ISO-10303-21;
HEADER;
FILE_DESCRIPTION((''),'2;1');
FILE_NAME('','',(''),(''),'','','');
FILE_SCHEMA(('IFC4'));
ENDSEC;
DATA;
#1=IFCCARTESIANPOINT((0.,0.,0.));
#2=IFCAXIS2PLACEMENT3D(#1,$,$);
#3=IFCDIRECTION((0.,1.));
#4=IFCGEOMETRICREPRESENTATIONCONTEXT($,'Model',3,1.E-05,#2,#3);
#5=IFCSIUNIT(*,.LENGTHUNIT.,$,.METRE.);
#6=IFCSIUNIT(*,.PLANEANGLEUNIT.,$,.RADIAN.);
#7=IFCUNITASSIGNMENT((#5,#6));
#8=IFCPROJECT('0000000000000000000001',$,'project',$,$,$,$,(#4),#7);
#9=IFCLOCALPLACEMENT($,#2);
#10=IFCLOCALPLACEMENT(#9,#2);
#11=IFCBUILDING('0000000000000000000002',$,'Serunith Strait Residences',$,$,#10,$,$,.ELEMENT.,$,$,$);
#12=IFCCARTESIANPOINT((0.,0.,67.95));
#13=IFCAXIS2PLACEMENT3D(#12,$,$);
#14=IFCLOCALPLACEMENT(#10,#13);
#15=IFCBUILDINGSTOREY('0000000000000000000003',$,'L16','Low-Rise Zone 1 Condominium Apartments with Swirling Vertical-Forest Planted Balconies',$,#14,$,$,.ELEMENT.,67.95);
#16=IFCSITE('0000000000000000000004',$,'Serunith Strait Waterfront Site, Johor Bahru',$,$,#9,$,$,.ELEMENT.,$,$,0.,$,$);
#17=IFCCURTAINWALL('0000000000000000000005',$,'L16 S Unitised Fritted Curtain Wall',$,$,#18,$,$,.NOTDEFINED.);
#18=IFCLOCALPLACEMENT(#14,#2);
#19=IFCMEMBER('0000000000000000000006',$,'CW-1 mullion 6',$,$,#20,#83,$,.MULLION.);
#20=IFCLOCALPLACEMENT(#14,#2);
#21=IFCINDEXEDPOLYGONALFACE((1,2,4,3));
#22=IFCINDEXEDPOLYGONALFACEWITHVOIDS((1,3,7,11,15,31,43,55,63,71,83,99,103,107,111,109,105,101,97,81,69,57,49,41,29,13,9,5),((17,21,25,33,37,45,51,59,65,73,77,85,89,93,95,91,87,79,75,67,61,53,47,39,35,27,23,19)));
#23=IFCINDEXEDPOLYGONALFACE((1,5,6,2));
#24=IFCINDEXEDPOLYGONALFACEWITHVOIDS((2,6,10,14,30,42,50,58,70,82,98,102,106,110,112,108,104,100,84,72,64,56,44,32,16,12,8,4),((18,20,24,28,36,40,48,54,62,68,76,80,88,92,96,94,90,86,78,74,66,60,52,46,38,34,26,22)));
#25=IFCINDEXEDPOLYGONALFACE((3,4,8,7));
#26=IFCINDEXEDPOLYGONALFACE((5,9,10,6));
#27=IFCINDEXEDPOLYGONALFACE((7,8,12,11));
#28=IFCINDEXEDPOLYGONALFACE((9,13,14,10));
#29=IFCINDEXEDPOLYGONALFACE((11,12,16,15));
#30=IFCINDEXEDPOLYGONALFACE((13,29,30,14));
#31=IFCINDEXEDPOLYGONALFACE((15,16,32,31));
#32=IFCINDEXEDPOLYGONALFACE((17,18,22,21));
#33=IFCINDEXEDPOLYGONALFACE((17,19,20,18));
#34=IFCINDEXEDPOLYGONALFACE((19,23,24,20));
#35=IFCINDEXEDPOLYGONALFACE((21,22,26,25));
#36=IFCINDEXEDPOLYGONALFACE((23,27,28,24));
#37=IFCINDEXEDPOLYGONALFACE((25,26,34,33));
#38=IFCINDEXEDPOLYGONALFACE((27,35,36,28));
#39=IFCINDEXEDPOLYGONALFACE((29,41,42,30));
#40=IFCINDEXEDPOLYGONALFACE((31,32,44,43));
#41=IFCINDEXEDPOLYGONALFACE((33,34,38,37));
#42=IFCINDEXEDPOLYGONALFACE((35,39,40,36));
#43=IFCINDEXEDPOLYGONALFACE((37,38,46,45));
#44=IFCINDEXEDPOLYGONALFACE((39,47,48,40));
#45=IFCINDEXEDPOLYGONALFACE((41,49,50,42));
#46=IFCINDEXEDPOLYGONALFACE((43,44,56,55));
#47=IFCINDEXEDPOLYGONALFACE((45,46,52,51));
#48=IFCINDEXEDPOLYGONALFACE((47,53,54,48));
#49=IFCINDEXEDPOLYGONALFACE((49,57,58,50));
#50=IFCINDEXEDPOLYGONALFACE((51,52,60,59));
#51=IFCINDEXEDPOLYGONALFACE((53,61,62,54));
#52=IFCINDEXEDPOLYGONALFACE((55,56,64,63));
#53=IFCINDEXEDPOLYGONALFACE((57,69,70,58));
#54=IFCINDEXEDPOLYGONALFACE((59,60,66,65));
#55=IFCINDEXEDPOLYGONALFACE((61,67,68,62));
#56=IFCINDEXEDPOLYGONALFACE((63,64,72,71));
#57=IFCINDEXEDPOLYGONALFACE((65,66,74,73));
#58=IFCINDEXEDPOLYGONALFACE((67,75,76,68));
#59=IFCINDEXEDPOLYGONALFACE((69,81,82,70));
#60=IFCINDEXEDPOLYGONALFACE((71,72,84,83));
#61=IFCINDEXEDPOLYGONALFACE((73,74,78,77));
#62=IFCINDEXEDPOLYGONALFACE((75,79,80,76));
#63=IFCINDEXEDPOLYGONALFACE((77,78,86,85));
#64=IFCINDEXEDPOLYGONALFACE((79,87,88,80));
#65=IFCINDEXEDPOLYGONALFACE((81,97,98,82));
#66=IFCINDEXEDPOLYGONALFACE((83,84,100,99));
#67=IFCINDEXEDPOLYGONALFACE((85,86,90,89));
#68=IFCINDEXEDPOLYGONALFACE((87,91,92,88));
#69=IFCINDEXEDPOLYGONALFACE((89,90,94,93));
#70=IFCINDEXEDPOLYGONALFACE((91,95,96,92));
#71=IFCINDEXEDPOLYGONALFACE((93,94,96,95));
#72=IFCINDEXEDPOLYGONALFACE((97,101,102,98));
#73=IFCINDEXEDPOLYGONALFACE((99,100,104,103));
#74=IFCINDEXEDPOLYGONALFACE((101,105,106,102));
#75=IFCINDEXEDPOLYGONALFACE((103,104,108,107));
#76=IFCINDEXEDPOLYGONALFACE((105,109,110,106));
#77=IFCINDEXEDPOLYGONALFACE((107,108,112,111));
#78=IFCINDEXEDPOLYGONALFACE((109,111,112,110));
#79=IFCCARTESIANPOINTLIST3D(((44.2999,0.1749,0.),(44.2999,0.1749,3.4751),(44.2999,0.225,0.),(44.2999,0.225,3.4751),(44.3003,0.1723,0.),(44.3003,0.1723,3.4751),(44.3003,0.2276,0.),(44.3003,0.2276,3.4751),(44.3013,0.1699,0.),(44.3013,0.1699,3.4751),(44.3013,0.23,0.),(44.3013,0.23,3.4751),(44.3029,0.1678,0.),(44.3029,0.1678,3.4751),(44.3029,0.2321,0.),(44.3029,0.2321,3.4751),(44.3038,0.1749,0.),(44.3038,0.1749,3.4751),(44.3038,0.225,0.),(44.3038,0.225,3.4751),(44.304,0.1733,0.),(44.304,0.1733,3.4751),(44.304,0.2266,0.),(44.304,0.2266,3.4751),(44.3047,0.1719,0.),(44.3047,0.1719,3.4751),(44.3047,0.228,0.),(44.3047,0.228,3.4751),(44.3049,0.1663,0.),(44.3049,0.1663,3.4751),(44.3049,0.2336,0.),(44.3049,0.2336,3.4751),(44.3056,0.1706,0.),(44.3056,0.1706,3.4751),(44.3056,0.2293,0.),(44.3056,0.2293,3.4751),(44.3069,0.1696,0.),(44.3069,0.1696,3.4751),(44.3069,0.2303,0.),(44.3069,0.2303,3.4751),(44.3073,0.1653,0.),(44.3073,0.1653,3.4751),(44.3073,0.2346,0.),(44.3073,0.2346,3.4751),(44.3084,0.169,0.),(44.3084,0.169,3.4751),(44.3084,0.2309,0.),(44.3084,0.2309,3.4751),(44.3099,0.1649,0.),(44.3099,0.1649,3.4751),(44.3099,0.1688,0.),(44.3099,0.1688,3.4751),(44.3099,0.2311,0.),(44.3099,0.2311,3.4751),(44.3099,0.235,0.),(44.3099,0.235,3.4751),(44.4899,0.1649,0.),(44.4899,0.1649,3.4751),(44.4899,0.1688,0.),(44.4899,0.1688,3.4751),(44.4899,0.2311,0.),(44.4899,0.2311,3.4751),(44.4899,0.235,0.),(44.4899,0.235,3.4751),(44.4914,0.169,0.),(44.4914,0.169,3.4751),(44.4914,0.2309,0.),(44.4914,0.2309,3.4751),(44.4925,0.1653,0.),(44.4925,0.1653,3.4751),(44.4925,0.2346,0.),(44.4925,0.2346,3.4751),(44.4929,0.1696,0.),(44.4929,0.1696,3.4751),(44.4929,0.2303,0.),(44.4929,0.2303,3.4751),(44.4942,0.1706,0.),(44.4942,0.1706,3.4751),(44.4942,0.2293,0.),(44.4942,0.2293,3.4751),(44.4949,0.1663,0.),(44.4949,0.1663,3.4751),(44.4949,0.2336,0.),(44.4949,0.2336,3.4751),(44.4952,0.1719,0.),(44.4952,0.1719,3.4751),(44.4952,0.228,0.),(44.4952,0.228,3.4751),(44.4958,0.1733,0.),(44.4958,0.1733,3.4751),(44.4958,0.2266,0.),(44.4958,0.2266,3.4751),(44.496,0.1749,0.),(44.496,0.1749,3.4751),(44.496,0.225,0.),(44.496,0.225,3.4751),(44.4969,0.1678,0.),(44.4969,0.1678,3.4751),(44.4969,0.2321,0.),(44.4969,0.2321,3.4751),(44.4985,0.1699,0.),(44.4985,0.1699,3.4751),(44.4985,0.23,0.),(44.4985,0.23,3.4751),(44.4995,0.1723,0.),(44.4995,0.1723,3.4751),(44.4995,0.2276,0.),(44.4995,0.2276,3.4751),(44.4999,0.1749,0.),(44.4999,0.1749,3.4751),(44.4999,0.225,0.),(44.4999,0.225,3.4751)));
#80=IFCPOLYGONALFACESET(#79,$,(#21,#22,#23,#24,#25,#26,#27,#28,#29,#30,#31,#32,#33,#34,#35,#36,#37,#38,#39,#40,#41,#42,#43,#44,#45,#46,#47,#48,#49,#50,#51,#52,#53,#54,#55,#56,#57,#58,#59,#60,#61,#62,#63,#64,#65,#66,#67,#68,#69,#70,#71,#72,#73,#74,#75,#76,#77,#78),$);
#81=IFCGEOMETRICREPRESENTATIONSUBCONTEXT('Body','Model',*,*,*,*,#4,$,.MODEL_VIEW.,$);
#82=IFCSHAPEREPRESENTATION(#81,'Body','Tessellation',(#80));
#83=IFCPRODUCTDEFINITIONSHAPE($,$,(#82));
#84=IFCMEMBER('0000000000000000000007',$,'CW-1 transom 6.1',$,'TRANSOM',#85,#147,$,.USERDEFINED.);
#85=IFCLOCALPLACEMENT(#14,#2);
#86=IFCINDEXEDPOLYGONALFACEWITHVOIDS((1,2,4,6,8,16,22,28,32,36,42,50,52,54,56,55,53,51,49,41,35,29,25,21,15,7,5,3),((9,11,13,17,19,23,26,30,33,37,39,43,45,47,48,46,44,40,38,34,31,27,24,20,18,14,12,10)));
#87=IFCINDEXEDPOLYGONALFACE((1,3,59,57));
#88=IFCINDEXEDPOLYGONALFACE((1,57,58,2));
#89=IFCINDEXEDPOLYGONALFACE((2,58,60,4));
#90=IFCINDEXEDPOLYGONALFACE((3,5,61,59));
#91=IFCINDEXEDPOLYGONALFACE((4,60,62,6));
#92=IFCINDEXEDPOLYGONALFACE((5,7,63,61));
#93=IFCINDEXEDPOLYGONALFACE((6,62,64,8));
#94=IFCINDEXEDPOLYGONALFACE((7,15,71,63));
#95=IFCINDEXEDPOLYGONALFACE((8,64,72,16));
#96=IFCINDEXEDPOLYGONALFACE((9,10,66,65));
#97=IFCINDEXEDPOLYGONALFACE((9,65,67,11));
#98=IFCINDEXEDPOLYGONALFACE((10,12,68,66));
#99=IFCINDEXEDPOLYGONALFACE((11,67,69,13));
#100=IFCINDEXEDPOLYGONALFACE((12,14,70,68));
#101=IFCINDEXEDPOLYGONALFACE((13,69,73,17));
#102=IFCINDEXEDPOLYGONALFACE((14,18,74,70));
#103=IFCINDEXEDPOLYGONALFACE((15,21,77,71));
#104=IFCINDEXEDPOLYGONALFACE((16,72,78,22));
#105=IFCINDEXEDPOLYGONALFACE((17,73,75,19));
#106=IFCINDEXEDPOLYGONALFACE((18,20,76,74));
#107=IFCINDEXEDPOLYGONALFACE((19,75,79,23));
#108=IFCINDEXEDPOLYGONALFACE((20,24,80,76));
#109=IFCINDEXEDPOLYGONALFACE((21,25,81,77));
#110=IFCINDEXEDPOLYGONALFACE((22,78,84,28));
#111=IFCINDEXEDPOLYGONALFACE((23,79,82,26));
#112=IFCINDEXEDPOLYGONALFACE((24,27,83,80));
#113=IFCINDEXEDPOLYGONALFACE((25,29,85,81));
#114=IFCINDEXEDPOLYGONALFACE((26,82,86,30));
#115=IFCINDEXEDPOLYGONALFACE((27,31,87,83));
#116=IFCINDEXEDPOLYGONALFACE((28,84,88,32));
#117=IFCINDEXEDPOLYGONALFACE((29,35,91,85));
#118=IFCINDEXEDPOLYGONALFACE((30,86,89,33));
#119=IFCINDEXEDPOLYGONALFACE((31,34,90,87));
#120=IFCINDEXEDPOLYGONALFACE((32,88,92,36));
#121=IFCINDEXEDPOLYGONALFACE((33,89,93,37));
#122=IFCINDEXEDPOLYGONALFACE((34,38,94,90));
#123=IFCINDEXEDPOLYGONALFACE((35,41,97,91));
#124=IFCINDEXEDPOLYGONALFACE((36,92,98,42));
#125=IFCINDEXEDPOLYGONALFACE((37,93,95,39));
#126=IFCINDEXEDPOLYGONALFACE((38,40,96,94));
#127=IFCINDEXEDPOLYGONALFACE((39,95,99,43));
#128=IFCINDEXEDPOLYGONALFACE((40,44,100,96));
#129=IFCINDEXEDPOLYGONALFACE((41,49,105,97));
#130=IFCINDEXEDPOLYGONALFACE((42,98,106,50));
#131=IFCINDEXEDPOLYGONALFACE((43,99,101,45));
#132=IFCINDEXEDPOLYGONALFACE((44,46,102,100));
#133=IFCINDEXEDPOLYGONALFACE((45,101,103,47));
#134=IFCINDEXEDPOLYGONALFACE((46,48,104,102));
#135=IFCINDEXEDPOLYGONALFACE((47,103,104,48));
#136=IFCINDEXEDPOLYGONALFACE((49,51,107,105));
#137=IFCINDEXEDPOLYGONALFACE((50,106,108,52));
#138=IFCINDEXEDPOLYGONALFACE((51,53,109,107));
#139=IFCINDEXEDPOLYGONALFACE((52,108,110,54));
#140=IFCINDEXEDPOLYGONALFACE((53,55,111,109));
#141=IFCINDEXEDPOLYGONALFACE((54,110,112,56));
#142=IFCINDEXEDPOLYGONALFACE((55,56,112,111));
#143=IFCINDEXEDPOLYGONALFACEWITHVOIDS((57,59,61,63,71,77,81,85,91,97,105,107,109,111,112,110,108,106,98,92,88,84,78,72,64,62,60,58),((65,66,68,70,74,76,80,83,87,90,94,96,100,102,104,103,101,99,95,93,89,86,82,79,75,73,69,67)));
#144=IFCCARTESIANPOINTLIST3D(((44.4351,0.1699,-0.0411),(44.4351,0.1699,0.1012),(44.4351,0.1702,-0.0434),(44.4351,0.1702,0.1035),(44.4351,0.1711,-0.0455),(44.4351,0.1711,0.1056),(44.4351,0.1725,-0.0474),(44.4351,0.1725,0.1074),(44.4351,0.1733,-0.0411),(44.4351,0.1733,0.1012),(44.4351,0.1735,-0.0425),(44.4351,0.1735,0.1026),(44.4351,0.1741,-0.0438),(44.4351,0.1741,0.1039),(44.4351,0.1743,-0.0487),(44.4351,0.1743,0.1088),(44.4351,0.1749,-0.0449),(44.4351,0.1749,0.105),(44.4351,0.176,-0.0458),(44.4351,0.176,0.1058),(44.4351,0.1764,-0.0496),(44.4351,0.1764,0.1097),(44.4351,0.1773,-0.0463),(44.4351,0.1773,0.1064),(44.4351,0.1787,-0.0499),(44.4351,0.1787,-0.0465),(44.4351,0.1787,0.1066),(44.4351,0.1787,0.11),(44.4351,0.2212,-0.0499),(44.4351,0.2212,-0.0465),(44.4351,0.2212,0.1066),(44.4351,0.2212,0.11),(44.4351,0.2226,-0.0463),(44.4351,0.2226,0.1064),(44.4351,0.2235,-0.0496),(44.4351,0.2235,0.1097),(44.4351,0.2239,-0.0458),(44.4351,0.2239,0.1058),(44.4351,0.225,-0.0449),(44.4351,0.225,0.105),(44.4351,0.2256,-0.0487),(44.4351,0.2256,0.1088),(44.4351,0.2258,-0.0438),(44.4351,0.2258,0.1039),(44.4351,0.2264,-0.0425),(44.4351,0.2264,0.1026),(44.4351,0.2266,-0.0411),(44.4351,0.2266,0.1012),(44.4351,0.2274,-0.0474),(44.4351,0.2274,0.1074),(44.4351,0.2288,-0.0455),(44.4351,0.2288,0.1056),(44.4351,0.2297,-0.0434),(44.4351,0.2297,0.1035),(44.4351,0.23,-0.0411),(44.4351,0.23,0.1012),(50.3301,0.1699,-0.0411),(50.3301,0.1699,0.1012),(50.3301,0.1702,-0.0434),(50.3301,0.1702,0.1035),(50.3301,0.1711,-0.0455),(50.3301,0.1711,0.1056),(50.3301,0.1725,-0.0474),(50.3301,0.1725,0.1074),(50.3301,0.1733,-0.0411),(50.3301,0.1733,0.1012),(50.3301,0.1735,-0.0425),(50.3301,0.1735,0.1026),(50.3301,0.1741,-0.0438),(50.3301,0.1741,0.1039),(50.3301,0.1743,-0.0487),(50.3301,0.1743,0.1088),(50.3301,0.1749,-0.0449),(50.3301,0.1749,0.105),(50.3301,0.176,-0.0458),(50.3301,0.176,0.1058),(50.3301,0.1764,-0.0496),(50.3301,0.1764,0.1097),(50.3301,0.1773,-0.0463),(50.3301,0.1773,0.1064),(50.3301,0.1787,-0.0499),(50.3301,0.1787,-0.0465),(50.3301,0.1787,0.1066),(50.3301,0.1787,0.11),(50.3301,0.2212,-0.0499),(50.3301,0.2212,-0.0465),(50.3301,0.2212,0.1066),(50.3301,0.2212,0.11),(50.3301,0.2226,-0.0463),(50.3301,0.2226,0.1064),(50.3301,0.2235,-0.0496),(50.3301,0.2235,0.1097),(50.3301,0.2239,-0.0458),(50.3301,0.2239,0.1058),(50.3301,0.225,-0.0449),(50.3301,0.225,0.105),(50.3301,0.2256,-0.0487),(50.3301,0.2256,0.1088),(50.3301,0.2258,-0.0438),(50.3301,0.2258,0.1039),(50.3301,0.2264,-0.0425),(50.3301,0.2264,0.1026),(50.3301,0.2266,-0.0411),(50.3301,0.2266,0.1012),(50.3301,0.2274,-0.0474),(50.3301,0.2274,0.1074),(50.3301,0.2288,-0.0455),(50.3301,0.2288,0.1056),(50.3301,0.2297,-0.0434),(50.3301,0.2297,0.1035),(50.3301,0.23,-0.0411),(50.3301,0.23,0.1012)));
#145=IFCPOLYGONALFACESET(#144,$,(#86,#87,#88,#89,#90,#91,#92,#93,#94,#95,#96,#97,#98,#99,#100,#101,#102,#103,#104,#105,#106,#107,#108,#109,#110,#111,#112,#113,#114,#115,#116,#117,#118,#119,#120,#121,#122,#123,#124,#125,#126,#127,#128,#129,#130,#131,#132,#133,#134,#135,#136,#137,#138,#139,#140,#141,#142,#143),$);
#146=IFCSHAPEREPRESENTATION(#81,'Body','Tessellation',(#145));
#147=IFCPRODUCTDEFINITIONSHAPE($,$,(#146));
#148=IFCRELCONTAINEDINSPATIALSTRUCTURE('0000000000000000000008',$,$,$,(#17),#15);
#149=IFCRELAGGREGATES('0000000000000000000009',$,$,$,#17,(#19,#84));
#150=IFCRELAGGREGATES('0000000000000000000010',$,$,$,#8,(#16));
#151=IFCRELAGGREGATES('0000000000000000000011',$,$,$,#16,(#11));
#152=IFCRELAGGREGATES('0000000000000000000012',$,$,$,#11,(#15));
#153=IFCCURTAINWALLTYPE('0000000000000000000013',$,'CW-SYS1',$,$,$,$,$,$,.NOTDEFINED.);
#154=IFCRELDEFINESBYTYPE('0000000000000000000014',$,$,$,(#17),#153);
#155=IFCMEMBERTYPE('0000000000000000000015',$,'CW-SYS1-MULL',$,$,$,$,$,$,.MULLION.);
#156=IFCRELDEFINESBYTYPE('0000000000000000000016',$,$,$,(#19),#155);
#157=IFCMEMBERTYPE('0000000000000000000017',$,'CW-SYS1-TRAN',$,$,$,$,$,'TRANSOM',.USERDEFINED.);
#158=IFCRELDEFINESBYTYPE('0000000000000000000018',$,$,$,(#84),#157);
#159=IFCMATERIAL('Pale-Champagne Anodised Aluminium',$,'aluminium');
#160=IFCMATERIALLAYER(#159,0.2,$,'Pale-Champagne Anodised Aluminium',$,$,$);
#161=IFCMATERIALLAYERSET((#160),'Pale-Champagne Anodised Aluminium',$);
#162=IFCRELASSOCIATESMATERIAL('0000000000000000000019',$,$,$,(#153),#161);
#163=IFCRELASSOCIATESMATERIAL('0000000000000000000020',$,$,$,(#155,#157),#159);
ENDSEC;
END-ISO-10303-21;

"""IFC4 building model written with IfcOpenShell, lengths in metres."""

from ifc_helpers import new_model, si_unit, direction, frame, origin, origin_2d, place, context, subcontext, project, spatial, hollow_rectangle, extrude, source, transform, mapped, material, layer, layer_set, material_profile, profile_set, type_object, element, aggregate, save


model = new_model("IFC4")

# Units and contexts
model_context = context("Model", 3, precision=1e-05, world=origin(), true_north=direction((0.0, 1.0)))
body_context = subcontext(model_context, "Body", "Model", "MODEL_VIEW")
ifc_project = project(units=[si_unit("LENGTHUNIT", "METRE"), si_unit("PLANEANGLEUNIT", "RADIAN")], contexts=[model_context])

# Site, building, storey
site_placement = place(None, origin())
site = spatial("IfcSite", under=ifc_project, at=site_placement, Name="Serunith Strait Waterfront Site, Johor Bahru", CompositionType="ELEMENT", RefElevation=0.0)
building_placement = place(site_placement, origin())
building = spatial("IfcBuilding", under=site, at=building_placement, Name="Serunith Strait Residences", CompositionType="ELEMENT")
storey_placement = place(building_placement, frame((0.0, 0.0, 67.95)))
storey = spatial("IfcBuildingStorey", under=building, at=storey_placement, Name="L16", Description="Low-Rise Zone 1 Condominium Apartments with Swirling Vertical-Forest Planted Balconies", CompositionType="ELEMENT", Elevation=67.95)

# Curtain wall, members
ifc_material_1 = material(Name="Pale-Champagne Anodised Aluminium", Category="aluminium")
ifc_layer_1 = layer(ifc_material_1, 0.2, Name="Pale-Champagne Anodised Aluminium")
ifc_layer_set_1 = layer_set([ifc_layer_1], Name="Pale-Champagne Anodised Aluminium")
curtain_wall_type = type_object("IfcCurtainWallType", Name="CW-SYS1", PredefinedType="NOTDEFINED", material=ifc_layer_set_1)
curtain_wall_placement = place(storey_placement, origin())
curtain_wall = element("IfcCurtainWall", 1, at=curtain_wall_placement, inside=storey, type_object=curtain_wall_type, Name="L16 S Unitised Fritted Curtain Wall", PredefinedType="NOTDEFINED")
ifc_material_profile_1 = material_profile(ifc_material_1, hollow_rectangle(XDim=0.0701, YDim=0.2, WallThickness=0.0039, InnerFilletRadius=0.0061, OuterFilletRadius=0.01, at=origin_2d()), Name="ALU 200x70x4")
ifc_profile_set_1 = profile_set([ifc_material_profile_1], Name="Pale-Champagne Anodised Aluminium")
member_type_1 = type_object("IfcMemberType", Name="CW-SYS1-MULL", PredefinedType="MULLION", material=ifc_profile_set_1)
shared_shape_1 = source(origin(), body_context, "Body", "SweptSolid", [
    extrude(hollow_rectangle(XDim=0.0701, YDim=0.2, WallThickness=0.0039, InnerFilletRadius=0.0061, OuterFilletRadius=0.01, at=origin_2d()), origin(), (0.0, 0.0, 1.0), 3.4751),
])
member_1_placement = place(storey_placement, frame((44.3999, 0.2, 0.0), z_axis=(0.0, 0.0, 1.0), x_axis=(0.0, 1.0, 0.0)))
member_1 = element("IfcMember", 2, at=member_1_placement, type_object=member_type_1, Name="CW-1 mullion 6", PredefinedType="MULLION", context=body_context, shape_type="MappedRepresentation", body=[
    mapped(shared_shape_1, transform((0.0, 0.0, 0.0), scale=1.0)),
])
ifc_material_profile_2 = material_profile(ifc_material_1, hollow_rectangle(XDim=0.0601, YDim=0.1599, WallThickness=0.0034, InnerFilletRadius=0.0054, OuterFilletRadius=0.0088, at=origin_2d()), Name="ALU 160x60x3.5")
ifc_profile_set_2 = profile_set([ifc_material_profile_2], Name="Pale-Champagne Anodised Aluminium")
member_type_2 = type_object("IfcMemberType", Name="CW-SYS1-TRAN", ElementType="TRANSOM", PredefinedType="USERDEFINED", material=ifc_profile_set_2)
shared_shape_2 = source(origin(), body_context, "Body", "SweptSolid", [
    extrude(hollow_rectangle(XDim=0.0601, YDim=0.1599, WallThickness=0.0034, InnerFilletRadius=0.0054, OuterFilletRadius=0.0088, at=origin_2d()), origin(), (0.0, 0.0, 1.0), 5.895),
])
member_2_placement = place(storey_placement, frame((44.4351, 0.2, 0.03), z_axis=(1.0, 0.0, 0.0), x_axis=(0.0, 1.0, 0.0)))
member_2 = element("IfcMember", 3, at=member_2_placement, type_object=member_type_2, Name="CW-1 transom 6.1", ObjectType="TRANSOM", PredefinedType="USERDEFINED", context=body_context, shape_type="MappedRepresentation", body=[
    mapped(shared_shape_2, transform((0.0, 0.0, 0.0), scale=1.0)),
])
aggregate(curtain_wall, [member_1, member_2])

save(model, "model.ifc")
